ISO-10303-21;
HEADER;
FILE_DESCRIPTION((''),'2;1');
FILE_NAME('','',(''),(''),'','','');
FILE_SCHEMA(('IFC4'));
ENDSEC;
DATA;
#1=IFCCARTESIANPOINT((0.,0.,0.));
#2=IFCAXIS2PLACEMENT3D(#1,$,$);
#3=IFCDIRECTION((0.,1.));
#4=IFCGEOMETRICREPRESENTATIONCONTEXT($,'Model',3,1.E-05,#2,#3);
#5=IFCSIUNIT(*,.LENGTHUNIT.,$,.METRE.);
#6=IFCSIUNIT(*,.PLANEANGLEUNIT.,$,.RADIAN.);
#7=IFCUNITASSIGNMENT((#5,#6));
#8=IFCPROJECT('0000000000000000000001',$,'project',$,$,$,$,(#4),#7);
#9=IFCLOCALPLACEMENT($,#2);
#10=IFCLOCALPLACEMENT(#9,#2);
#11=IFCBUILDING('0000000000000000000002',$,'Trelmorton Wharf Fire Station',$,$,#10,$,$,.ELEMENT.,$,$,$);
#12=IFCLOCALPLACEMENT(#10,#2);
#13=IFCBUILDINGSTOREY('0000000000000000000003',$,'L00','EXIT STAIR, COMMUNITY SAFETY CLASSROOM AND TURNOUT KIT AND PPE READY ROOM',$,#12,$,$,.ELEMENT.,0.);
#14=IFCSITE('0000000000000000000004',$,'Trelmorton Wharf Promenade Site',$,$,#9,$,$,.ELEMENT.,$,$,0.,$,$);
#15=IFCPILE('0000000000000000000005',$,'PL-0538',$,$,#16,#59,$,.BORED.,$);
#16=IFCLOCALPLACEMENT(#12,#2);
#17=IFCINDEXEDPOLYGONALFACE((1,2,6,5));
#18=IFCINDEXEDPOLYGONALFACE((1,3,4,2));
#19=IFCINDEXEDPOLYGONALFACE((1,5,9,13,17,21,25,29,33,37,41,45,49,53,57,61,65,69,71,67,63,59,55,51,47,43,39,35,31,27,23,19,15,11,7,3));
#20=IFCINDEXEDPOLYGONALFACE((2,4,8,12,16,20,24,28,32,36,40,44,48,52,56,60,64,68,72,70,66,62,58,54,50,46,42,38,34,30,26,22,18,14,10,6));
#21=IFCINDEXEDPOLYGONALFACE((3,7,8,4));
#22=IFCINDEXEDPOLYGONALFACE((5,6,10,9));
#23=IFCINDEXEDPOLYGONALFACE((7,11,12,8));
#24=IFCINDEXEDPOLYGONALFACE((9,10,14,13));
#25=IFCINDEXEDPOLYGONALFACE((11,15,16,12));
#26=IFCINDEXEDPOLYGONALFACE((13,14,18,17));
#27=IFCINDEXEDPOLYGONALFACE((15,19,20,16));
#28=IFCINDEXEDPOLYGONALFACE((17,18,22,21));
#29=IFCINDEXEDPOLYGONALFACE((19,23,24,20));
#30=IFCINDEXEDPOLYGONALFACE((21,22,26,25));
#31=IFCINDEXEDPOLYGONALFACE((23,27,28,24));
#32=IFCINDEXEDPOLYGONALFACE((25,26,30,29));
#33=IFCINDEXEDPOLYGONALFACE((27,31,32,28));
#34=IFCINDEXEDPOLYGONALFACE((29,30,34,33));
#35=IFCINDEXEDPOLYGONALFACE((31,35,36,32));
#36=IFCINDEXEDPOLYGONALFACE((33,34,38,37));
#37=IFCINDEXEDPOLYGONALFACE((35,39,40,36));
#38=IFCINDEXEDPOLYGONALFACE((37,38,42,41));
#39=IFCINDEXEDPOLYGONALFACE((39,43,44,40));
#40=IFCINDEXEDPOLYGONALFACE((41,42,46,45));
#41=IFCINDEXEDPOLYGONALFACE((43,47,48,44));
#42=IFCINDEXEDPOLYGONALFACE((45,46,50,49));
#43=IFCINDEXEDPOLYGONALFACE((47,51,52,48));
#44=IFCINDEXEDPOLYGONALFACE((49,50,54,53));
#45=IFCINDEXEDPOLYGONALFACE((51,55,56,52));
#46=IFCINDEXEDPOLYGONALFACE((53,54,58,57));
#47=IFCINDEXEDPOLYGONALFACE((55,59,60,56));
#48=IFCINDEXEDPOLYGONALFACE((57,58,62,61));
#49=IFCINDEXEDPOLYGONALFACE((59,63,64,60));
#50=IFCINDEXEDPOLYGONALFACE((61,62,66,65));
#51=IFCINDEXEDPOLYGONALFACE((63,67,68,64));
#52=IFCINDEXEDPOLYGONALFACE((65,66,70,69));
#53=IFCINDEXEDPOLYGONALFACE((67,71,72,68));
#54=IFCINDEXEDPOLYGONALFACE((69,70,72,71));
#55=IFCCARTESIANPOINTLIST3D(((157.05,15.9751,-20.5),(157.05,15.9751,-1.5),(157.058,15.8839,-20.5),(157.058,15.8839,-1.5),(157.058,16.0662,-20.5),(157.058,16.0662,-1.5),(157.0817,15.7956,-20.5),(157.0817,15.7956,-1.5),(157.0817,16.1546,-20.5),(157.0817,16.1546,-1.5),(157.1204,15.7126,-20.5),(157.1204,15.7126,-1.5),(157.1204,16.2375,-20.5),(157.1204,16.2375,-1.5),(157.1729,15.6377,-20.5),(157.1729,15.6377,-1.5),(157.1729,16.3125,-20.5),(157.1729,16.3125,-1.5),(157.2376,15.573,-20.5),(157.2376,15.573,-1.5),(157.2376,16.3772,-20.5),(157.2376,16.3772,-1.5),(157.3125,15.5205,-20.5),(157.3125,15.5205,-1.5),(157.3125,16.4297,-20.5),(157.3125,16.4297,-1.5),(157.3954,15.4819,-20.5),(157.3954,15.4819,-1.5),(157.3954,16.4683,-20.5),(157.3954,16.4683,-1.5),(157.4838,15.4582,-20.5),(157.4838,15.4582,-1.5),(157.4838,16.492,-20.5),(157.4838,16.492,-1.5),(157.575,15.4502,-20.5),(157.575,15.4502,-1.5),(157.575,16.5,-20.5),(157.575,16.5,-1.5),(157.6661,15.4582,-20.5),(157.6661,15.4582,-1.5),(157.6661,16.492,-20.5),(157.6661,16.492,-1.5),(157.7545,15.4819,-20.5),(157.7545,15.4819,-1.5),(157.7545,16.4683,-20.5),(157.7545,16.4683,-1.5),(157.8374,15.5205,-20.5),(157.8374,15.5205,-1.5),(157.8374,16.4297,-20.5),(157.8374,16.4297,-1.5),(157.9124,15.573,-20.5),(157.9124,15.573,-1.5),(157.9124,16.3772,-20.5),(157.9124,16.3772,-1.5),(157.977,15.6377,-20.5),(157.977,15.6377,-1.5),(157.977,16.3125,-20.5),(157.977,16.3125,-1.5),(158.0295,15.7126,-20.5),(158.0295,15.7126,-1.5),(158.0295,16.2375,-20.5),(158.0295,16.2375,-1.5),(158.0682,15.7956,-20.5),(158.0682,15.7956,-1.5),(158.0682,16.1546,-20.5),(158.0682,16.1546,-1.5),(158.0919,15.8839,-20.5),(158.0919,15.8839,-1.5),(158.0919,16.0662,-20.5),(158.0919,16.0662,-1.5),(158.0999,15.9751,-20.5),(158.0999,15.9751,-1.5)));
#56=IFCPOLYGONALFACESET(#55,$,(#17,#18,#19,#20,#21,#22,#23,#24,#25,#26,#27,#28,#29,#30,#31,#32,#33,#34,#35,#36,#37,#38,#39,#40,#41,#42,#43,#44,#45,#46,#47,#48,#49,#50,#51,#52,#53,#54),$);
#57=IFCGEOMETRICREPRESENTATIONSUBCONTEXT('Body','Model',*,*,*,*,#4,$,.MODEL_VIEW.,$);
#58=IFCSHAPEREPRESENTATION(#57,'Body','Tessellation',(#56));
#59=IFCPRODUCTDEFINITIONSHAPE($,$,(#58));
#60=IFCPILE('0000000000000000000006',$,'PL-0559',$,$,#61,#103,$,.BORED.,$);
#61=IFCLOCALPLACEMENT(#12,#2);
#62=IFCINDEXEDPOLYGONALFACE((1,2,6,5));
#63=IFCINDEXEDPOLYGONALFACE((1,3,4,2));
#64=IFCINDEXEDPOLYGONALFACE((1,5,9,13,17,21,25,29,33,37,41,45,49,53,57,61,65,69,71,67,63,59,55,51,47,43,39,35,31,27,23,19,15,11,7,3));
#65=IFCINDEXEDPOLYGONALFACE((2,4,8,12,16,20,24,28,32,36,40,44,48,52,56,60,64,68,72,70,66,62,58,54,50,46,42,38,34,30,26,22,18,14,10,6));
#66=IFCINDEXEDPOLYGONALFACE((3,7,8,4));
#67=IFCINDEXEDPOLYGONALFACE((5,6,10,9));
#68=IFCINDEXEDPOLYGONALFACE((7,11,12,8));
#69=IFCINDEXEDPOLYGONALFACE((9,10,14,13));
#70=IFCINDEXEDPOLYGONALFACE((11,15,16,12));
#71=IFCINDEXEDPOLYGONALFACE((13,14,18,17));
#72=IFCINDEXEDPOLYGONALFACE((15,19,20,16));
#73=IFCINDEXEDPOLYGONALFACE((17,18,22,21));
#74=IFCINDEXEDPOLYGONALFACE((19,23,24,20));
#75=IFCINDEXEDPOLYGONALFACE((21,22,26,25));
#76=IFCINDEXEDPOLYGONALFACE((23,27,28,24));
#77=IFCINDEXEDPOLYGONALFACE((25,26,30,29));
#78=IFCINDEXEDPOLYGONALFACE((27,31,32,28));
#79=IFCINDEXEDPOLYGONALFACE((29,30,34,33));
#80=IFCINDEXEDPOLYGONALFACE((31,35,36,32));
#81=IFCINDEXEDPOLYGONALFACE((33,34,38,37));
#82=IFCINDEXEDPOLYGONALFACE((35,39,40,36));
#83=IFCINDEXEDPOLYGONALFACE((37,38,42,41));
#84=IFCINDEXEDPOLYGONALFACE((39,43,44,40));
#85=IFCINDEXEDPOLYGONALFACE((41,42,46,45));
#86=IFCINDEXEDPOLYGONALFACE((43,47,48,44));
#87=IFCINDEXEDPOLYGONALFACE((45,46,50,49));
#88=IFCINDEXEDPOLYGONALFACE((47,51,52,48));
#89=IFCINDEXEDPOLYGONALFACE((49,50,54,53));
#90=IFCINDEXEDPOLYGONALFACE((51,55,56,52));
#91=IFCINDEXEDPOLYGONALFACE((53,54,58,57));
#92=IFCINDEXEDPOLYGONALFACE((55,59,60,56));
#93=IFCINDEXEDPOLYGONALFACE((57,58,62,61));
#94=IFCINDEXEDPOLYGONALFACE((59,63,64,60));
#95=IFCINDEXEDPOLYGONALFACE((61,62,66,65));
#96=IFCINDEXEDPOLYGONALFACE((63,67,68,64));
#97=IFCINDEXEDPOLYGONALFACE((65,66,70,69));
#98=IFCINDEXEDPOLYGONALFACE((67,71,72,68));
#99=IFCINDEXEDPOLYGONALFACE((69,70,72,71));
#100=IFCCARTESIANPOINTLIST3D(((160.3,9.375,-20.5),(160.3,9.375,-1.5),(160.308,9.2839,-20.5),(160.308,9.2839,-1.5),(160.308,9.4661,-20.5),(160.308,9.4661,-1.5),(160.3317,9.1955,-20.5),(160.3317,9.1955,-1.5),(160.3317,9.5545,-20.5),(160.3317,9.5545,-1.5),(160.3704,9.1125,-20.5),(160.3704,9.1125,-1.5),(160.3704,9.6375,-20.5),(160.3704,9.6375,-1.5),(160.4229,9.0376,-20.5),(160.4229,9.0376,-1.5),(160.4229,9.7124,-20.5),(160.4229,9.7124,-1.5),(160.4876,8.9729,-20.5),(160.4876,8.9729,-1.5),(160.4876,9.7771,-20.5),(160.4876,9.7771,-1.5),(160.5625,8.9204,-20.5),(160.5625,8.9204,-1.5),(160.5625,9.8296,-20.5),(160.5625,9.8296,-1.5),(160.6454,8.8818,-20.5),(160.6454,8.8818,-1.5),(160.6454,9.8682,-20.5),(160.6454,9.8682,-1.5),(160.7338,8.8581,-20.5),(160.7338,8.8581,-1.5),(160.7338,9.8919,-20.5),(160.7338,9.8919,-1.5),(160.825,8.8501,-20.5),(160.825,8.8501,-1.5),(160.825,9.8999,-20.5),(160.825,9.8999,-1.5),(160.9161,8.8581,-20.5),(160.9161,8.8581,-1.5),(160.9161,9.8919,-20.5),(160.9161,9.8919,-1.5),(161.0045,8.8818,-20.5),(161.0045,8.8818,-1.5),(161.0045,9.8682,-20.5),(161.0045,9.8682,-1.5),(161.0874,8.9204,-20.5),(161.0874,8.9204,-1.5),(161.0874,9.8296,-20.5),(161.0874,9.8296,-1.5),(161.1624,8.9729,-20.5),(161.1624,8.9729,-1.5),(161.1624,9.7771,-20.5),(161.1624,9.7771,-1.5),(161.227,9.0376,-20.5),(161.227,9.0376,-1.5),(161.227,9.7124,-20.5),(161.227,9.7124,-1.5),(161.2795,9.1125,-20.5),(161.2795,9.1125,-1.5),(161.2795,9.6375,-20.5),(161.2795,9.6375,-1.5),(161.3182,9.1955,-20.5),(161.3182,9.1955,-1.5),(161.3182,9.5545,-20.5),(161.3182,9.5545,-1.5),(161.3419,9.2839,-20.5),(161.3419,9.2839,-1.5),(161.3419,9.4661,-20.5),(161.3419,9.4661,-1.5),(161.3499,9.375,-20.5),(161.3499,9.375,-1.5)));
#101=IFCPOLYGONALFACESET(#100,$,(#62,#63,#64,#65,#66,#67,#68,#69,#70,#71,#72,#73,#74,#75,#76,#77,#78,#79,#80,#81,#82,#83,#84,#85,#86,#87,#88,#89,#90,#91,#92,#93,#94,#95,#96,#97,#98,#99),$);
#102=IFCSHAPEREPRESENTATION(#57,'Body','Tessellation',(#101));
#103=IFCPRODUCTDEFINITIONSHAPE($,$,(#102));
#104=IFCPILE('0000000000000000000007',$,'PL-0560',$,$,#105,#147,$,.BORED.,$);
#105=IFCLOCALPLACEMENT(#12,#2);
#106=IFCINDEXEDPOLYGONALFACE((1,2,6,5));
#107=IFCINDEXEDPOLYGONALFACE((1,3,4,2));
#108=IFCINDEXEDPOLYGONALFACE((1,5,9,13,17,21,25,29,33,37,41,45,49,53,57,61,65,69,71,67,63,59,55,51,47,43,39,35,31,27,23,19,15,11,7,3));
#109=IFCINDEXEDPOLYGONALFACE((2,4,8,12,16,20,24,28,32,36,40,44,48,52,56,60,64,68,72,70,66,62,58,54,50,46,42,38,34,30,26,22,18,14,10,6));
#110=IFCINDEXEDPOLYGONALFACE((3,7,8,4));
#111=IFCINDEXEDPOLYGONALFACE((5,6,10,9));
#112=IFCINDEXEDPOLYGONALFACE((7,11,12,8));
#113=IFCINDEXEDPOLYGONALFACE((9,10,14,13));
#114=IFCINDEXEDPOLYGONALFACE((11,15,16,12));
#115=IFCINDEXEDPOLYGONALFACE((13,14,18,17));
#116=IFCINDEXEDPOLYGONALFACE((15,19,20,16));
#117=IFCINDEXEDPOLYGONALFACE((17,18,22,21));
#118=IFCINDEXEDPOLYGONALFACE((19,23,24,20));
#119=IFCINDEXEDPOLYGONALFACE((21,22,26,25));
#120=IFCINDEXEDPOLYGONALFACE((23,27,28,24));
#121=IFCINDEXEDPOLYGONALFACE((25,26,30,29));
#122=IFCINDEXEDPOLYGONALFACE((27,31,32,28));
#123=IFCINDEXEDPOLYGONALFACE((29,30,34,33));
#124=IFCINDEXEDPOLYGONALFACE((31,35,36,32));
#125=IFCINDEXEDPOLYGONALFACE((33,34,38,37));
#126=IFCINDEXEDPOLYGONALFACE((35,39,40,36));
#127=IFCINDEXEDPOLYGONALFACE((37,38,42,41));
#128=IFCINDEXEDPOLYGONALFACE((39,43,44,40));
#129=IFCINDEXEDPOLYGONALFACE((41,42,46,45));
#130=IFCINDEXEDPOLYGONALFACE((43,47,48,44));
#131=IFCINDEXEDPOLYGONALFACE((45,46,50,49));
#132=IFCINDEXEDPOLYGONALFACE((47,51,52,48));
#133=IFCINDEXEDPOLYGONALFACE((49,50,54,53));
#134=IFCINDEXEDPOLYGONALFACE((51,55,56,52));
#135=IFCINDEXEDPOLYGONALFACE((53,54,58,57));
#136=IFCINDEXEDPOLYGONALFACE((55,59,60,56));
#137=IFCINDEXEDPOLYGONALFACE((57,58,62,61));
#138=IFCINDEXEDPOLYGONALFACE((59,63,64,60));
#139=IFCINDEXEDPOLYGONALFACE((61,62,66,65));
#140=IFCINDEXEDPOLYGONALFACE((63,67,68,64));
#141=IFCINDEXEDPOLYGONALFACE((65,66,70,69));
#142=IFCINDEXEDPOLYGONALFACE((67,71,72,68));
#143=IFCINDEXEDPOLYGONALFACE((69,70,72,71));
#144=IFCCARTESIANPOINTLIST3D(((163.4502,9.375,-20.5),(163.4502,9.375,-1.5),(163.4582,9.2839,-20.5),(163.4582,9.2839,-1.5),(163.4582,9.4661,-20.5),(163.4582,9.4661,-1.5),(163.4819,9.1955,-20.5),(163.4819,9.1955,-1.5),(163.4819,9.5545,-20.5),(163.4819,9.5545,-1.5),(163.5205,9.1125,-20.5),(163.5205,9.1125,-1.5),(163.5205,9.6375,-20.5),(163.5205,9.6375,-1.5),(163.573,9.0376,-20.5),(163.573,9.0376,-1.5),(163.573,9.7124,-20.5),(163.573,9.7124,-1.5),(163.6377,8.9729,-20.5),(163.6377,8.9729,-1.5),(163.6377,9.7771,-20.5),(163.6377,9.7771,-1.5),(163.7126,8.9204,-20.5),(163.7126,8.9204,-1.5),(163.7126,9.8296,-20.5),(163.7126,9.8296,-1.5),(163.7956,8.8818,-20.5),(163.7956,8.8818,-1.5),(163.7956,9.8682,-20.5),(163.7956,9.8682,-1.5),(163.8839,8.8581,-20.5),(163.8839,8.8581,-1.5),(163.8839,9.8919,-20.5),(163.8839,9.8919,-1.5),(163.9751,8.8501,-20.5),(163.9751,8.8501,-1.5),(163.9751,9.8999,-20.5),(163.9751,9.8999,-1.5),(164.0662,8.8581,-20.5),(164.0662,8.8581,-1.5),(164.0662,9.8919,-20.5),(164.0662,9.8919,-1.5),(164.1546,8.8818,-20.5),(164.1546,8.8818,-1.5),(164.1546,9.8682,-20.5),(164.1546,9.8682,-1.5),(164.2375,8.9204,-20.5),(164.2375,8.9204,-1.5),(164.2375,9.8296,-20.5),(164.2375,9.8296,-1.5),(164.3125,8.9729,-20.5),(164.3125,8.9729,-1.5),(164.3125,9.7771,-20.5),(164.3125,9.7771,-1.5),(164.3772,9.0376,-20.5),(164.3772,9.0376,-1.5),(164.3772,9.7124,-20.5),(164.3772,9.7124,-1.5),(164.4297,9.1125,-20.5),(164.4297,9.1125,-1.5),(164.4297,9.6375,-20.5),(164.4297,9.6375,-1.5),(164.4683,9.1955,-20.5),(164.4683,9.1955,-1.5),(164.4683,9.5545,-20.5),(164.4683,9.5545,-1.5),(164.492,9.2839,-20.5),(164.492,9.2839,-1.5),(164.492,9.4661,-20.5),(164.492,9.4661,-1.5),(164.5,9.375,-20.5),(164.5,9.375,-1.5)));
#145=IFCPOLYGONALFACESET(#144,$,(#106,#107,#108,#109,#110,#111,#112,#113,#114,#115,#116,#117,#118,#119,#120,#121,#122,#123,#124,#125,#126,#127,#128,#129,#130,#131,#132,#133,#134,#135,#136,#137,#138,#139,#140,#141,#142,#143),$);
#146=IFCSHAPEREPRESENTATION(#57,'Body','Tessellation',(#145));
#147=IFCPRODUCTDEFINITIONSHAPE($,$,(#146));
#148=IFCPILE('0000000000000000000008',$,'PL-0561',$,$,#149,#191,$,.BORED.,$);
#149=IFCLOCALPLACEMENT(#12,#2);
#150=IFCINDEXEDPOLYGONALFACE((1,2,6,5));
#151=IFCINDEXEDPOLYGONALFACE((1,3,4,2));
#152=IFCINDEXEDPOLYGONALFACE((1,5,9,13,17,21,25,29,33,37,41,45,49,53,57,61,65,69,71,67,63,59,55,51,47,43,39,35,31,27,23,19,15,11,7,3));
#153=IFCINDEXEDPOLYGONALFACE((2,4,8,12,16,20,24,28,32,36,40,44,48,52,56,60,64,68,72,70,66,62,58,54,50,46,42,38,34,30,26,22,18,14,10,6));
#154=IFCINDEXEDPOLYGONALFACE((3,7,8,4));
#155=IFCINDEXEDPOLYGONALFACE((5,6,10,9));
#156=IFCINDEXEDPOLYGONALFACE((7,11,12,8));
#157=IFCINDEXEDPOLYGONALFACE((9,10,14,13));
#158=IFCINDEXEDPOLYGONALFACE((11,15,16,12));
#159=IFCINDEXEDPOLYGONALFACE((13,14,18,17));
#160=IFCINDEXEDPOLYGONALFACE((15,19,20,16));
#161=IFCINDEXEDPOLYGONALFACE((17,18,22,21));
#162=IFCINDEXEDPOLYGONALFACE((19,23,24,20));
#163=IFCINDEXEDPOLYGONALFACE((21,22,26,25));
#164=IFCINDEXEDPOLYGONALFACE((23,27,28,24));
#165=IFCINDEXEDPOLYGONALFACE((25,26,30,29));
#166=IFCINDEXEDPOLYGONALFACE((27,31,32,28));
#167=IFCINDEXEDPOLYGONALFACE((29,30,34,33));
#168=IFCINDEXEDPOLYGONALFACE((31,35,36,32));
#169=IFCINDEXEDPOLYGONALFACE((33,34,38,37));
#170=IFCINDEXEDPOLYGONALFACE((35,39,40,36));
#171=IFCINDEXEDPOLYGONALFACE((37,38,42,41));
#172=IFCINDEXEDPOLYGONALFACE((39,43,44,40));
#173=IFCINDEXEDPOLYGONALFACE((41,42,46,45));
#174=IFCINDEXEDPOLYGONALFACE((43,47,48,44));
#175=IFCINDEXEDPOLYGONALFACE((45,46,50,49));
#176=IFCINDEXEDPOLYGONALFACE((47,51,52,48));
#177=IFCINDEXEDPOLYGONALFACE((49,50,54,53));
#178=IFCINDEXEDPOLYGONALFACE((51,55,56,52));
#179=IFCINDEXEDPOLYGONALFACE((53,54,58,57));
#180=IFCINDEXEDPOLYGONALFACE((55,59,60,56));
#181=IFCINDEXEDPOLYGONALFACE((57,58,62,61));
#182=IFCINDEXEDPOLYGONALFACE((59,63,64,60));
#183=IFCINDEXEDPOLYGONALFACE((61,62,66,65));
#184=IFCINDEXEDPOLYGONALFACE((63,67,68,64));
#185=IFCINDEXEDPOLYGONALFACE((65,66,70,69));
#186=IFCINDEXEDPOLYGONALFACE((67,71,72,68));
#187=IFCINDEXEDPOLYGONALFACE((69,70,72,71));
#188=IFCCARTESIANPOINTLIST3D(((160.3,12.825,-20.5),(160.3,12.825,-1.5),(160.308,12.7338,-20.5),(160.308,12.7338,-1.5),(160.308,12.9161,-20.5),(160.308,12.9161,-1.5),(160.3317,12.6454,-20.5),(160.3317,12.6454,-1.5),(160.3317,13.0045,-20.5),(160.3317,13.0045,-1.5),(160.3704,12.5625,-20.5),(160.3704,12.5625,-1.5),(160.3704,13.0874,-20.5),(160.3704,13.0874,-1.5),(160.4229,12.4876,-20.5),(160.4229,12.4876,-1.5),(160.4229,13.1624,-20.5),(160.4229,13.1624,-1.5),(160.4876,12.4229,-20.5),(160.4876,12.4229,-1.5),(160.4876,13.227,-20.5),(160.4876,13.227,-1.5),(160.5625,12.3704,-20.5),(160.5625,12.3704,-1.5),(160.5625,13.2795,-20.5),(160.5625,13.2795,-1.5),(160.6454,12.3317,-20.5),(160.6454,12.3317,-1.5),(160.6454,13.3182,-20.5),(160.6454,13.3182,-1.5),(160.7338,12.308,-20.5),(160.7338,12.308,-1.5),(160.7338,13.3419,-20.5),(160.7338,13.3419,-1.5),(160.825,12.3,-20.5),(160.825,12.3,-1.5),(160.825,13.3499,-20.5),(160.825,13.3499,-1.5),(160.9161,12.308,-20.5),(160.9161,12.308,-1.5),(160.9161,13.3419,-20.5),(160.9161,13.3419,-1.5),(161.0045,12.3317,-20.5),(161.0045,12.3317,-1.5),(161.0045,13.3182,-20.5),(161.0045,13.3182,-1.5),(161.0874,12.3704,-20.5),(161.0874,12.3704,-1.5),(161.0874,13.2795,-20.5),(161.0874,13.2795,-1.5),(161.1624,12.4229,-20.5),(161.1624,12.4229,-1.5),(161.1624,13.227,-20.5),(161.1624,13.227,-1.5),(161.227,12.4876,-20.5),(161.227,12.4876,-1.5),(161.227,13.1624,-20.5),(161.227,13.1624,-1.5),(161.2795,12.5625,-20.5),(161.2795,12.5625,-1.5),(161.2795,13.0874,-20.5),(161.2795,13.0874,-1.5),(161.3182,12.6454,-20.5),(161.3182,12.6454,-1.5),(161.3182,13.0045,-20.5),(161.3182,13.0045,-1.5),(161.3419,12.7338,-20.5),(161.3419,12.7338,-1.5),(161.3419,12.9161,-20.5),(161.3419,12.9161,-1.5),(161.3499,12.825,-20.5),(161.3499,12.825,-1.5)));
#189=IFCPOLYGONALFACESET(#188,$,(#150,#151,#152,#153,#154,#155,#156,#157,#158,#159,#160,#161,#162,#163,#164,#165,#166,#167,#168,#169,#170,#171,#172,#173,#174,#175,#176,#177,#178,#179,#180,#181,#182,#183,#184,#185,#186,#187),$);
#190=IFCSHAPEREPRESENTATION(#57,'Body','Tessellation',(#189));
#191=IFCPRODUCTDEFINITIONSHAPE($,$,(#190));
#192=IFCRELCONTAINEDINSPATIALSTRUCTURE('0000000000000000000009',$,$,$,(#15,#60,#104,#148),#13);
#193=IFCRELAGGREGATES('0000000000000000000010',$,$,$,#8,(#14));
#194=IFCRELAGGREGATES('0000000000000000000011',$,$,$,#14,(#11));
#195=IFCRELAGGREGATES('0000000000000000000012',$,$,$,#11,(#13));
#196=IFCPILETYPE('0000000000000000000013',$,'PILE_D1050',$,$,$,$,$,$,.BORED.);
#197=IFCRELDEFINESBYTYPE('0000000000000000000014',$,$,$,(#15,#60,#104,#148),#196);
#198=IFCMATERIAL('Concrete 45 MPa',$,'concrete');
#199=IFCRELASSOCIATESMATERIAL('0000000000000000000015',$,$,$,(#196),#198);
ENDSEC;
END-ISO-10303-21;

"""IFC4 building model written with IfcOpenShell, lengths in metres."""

from ifc_helpers import new_model, si_unit, direction, frame, origin, origin_2d, place, context, subcontext, project, spatial, circle, extrude, material, material_profile, profile_set, type_object, element, save


model = new_model("IFC4")

# Units and contexts
model_context = context("Model", 3, precision=1e-05, world=origin(), true_north=direction((0.0, 1.0)))
body_context = subcontext(model_context, "Body", "Model", "MODEL_VIEW")
ifc_project = project(units=[si_unit("LENGTHUNIT", "METRE"), si_unit("PLANEANGLEUNIT", "RADIAN")], contexts=[model_context])

# Site, building, storey
site_placement = place(None, origin())
site = spatial("IfcSite", under=ifc_project, at=site_placement, Name="Trelmorton Wharf Promenade Site", CompositionType="ELEMENT", RefElevation=0.0)
building_placement = place(site_placement, origin())
building = spatial("IfcBuilding", under=site, at=building_placement, Name="Trelmorton Wharf Fire Station", CompositionType="ELEMENT")
storey_placement = place(building_placement, origin())
storey = spatial("IfcBuildingStorey", under=building, at=storey_placement, Name="L00", Description="EXIT STAIR, COMMUNITY SAFETY CLASSROOM AND TURNOUT KIT AND PPE READY ROOM", CompositionType="ELEMENT", Elevation=0.0)

# Piles
ifc_material_1 = material(Name="Concrete 45 MPa", Category="concrete")
ifc_material_profile_1 = material_profile(ifc_material_1, circle(Radius=0.5249, at=origin_2d()), Name="PILE-D1050")
ifc_profile_set_1 = profile_set([ifc_material_profile_1], Name="Concrete 45 MPa")
pile_type = type_object("IfcPileType", Name="PILE_D1050", PredefinedType="BORED", material=ifc_profile_set_1)
for number, where, z_axis, x_axis, name in (
    (1, (157.575, 15.9751, -1.5), (0.0, 0.0, -1.0), (1.0, 0.0, 0.0), "PL-0538"),
    (2, (160.825, 9.375, -1.5), (0.0, 0.0, -1.0), (1.0, 0.0, 0.0), "PL-0559"),
    (3, (163.9751, 9.375, -1.5), (0.0, 0.0, -1.0), (1.0, 0.0, 0.0), "PL-0560"),
    (4, (160.825, 12.825, -1.5), (0.0, 0.0, -1.0), (1.0, 0.0, 0.0), "PL-0561"),
):
    element("IfcPile", number, at=place(storey_placement, frame(where, z_axis=z_axis, x_axis=x_axis)), inside=storey, type_object=pile_type, Name=name, PredefinedType="BORED", context=body_context, shape_type="SweptSolid", body=[
        extrude(circle(Radius=0.5249, at=origin_2d()), origin(), (0.0, 0.0, 1.0), 19.0),
    ])

save(model, "model.ifc")
